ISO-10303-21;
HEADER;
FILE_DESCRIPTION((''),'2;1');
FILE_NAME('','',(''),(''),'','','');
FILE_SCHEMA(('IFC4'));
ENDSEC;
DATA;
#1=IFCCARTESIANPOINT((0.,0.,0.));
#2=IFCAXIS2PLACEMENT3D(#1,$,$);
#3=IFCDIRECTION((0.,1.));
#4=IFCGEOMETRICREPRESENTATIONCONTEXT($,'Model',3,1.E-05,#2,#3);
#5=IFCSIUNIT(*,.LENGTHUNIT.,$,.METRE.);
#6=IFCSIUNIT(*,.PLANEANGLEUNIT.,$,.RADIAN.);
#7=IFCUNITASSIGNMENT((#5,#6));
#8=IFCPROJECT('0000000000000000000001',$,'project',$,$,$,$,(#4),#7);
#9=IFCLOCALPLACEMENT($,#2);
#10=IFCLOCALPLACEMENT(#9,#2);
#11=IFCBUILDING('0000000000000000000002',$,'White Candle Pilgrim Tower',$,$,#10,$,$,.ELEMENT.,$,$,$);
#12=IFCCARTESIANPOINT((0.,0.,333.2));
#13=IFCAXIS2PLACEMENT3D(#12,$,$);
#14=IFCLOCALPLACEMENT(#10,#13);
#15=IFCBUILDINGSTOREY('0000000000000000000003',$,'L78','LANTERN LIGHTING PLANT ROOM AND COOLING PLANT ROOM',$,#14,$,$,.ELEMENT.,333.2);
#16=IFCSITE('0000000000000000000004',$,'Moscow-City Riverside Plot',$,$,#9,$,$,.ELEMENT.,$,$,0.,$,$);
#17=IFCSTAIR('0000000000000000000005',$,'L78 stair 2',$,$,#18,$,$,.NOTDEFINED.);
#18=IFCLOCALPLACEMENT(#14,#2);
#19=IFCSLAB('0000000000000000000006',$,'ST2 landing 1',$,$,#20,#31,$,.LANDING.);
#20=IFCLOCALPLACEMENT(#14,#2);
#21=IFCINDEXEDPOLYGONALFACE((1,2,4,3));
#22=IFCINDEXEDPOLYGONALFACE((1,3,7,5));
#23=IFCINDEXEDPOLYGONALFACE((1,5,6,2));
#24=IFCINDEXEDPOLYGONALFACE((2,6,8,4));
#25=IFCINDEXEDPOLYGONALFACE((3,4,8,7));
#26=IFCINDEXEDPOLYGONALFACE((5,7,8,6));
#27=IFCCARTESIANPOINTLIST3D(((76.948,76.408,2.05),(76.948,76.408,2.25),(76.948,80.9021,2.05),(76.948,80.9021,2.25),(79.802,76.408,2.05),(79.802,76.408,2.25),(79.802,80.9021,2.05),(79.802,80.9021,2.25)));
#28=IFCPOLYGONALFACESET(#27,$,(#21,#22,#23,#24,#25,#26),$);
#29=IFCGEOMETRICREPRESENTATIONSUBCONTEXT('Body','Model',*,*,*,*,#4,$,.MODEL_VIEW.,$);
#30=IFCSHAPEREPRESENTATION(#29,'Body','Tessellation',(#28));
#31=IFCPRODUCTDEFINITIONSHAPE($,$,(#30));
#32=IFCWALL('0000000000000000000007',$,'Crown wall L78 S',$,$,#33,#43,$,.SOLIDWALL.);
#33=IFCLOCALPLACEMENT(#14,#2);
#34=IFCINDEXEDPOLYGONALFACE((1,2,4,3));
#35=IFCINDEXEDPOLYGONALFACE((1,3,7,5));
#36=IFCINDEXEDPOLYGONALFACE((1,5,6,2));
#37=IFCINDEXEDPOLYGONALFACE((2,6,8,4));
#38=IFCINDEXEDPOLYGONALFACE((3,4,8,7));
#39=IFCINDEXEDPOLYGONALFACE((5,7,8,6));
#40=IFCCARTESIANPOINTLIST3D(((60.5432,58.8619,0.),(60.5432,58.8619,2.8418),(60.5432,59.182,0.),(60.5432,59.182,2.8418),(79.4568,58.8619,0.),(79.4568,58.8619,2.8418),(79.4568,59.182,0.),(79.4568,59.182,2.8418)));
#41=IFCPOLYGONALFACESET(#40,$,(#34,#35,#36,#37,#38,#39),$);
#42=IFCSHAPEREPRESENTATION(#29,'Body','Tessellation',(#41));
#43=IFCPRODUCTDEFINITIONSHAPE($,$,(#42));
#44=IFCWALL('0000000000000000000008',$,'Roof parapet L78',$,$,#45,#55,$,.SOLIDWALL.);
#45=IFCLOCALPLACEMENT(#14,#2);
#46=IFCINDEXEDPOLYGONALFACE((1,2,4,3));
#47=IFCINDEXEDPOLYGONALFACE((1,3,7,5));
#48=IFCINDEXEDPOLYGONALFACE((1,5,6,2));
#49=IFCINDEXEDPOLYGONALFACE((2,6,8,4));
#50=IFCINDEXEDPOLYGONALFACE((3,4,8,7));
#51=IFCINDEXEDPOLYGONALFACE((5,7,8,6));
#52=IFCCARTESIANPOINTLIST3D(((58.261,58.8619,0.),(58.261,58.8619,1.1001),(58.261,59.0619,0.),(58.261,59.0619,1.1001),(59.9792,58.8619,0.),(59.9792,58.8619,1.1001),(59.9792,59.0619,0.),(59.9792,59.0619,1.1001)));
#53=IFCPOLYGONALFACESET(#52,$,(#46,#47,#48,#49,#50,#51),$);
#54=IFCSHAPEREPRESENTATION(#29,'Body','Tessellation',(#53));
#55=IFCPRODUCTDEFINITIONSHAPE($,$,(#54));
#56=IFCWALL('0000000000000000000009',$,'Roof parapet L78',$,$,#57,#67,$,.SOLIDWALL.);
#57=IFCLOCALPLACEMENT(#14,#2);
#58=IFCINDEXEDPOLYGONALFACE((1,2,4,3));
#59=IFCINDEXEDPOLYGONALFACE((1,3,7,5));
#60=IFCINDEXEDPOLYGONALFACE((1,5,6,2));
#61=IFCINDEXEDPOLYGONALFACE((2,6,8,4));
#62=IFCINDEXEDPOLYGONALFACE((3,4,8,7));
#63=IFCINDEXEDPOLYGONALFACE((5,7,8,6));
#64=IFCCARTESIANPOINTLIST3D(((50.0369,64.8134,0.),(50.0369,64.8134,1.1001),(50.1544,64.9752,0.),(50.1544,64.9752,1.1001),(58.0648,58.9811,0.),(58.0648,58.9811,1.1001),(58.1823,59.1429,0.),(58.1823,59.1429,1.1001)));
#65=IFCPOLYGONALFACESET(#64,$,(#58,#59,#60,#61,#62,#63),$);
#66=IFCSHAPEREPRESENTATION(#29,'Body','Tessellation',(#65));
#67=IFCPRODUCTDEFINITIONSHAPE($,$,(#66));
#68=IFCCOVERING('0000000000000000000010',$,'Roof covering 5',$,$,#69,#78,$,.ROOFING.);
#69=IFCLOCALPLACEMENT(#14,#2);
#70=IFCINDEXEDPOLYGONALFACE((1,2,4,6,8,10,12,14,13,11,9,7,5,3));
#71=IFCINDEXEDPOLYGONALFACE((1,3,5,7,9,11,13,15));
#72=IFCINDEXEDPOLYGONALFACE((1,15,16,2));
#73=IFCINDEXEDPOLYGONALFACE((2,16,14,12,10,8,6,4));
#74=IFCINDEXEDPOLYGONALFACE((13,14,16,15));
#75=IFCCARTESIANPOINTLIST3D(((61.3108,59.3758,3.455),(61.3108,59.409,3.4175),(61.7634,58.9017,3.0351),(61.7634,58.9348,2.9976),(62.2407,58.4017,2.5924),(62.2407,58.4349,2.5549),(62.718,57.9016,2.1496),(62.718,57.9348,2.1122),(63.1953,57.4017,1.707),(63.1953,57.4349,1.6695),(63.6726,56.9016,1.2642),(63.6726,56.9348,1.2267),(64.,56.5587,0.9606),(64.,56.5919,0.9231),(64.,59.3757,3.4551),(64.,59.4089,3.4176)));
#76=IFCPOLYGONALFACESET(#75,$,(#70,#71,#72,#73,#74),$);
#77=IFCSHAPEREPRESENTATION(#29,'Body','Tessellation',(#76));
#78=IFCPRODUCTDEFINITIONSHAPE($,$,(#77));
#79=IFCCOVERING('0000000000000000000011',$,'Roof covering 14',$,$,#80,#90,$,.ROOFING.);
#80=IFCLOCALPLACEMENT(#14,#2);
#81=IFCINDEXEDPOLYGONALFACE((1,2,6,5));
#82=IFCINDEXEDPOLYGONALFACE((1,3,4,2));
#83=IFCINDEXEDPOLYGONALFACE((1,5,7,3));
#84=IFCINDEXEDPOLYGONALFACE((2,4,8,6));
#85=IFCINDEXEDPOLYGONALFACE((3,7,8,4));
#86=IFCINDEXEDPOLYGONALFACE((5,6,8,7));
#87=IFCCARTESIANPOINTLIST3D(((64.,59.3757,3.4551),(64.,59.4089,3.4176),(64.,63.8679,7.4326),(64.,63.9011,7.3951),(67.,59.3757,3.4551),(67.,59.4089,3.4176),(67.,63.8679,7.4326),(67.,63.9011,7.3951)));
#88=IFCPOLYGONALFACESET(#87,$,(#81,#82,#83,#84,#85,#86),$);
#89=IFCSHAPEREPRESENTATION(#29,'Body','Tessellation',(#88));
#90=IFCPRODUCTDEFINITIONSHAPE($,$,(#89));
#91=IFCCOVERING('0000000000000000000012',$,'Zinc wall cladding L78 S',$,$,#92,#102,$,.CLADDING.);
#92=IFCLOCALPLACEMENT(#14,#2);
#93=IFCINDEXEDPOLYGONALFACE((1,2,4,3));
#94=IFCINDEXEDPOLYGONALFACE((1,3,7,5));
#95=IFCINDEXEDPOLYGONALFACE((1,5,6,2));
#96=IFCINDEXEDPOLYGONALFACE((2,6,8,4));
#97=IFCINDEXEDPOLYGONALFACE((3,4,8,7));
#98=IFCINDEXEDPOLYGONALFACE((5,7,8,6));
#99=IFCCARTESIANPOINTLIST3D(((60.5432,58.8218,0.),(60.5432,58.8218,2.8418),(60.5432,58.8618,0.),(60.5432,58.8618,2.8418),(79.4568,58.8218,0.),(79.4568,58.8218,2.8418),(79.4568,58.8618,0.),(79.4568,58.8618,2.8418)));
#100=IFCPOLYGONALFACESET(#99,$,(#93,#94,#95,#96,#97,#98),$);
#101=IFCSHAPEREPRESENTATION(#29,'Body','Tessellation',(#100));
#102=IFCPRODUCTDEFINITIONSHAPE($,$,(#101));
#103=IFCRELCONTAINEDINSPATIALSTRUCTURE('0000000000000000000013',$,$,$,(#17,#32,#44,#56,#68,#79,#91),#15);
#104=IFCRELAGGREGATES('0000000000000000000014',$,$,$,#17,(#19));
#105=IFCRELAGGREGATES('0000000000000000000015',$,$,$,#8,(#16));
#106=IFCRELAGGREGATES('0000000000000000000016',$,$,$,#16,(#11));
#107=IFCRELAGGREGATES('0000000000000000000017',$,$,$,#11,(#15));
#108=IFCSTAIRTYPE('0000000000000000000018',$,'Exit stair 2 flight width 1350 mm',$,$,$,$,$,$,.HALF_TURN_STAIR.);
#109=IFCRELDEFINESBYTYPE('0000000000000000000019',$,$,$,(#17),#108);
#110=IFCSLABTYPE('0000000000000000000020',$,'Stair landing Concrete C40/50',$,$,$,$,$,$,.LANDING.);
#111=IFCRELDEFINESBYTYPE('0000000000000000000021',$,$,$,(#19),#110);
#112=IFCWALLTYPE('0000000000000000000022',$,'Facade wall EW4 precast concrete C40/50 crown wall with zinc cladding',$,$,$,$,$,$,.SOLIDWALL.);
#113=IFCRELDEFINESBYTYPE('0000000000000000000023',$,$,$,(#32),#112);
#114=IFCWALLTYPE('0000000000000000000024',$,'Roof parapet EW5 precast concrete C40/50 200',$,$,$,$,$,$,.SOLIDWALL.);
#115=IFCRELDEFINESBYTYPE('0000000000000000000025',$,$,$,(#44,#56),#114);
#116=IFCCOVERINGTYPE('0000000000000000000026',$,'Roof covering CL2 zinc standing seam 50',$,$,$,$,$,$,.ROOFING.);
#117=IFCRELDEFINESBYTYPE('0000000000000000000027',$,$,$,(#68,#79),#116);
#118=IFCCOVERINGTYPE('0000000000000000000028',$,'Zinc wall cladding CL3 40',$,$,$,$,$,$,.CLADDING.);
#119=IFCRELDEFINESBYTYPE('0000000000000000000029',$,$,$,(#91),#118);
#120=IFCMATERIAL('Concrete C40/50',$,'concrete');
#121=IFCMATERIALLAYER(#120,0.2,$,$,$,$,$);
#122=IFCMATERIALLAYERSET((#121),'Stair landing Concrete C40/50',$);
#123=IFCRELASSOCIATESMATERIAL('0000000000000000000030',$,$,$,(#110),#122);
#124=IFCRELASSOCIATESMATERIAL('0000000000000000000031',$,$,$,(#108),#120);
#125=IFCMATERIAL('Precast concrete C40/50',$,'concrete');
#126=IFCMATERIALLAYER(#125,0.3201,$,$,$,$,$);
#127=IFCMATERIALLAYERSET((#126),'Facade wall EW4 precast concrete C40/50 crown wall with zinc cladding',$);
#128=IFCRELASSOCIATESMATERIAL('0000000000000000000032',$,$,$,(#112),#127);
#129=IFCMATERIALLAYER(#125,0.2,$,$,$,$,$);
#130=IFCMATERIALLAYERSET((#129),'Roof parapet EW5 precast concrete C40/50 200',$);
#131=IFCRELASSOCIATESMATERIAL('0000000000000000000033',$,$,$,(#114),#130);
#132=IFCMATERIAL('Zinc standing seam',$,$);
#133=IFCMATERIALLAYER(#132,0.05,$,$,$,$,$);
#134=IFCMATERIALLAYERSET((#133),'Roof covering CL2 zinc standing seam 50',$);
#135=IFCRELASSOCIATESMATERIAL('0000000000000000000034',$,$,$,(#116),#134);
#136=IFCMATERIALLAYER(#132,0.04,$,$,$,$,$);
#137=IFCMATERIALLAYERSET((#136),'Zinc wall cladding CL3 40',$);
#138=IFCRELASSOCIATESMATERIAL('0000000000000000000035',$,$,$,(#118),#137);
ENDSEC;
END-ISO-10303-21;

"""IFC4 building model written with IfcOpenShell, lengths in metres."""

from ifc_helpers import new_model, si_unit, direction, frame, frame_2d, origin, place, context, subcontext, project, spatial, polyline, rectangle, outline, extrude, material, layer, layer_set, type_object, element, aggregate, save


model = new_model("IFC4")

# Units and contexts
model_context = context("Model", 3, precision=1e-05, world=origin(), true_north=direction((0.0, 1.0)))
body_context = subcontext(model_context, "Body", "Model", "MODEL_VIEW")
ifc_project = project(units=[si_unit("LENGTHUNIT", "METRE"), si_unit("PLANEANGLEUNIT", "RADIAN")], contexts=[model_context])

# Site, building, storey
site_placement = place(None, origin())
site = spatial("IfcSite", under=ifc_project, at=site_placement, Name="Moscow-City Riverside Plot", CompositionType="ELEMENT", RefElevation=0.0)
building_placement = place(site_placement, origin())
building = spatial("IfcBuilding", under=site, at=building_placement, Name="White Candle Pilgrim Tower", CompositionType="ELEMENT")
storey_placement = place(building_placement, frame((0.0, 0.0, 333.2)))
storey = spatial("IfcBuildingStorey", under=building, at=storey_placement, Name="L78", Description="LANTERN LIGHTING PLANT ROOM AND COOLING PLANT ROOM", CompositionType="ELEMENT", Elevation=333.2)

# Shared definitions
ifc_material_1 = material(Name="Concrete C40/50", Category="concrete")

# Stair, slab
ifc_layer_1 = layer(ifc_material_1, 0.2)
ifc_layer_set_1 = layer_set([ifc_layer_1], Name="Stair landing Concrete C40/50")
slab_type_1 = type_object("IfcSlabType", Name="Stair landing Concrete C40/50", PredefinedType="LANDING", material=ifc_layer_set_1)
stair_type_1 = type_object("IfcStairType", Name="Exit stair 2 flight width 1350 mm", PredefinedType="HALF_TURN_STAIR", material=ifc_material_1)
stair_1_placement = place(storey_placement, origin())
stair_1 = element("IfcStair", 1, at=stair_1_placement, inside=storey, type_object=stair_type_1, Name="L78 stair 2", PredefinedType="NOTDEFINED")
slab_1_placement = place(storey_placement, frame((0.0, 0.0, 2.05)))
slab_1 = element("IfcSlab", 2, at=slab_1_placement, type_object=slab_type_1, Name="ST2 landing 1", PredefinedType="LANDING", context=body_context, shape_type="SweptSolid", body=[
    extrude(outline(polyline([(79.802, 76.408), (76.948, 76.408), (76.948, 80.9021), (79.802, 80.9021), (79.802, 76.408)])), origin(), (0.0, 0.0, 1.0), 0.2),
])
aggregate(stair_1, [slab_1])

# Walls
ifc_material_2 = material(Name="Precast concrete C40/50", Category="concrete")
ifc_layer_2 = layer(ifc_material_2, 0.3201)
ifc_layer_set_2 = layer_set([ifc_layer_2], Name="Facade wall EW4 precast concrete C40/50 crown wall with zinc cladding")
wall_type_1 = type_object("IfcWallType", Name="Facade wall EW4 precast concrete C40/50 crown wall with zinc cladding", PredefinedType="SOLIDWALL", material=ifc_layer_set_2)
wall_1_placement = place(storey_placement, frame((60.5432, 59.022, 0.0), z_axis=(0.0, 0.0, 1.0), x_axis=(1.0, 0.0, 0.0)))
element("IfcWall", 3, at=wall_1_placement, inside=storey, type_object=wall_type_1, Name="Crown wall L78 S", PredefinedType="SOLIDWALL", context=body_context, shape_type="SweptSolid", body=[
    extrude(rectangle(XDim=18.9136, YDim=0.3201, at=frame_2d((9.4568, 0.0))), origin(), (0.0, 0.0, 1.0), 2.8418),
])
ifc_layer_3 = layer(ifc_material_2, 0.2)
ifc_layer_set_3 = layer_set([ifc_layer_3], Name="Roof parapet EW5 precast concrete C40/50 200")
wall_type_2 = type_object("IfcWallType", Name="Roof parapet EW5 precast concrete C40/50 200", PredefinedType="SOLIDWALL", material=ifc_layer_set_3)
wall_2_placement = place(storey_placement, frame((59.9792, 58.9619, 0.0), z_axis=(0.0, 0.0, 1.0), x_axis=(-1.0, 0.0, 0.0)))
element("IfcWall", 4, at=wall_2_placement, inside=storey, type_object=wall_type_2, Name="Roof parapet L78", PredefinedType="SOLIDWALL", context=body_context, shape_type="SweptSolid", body=[
    extrude(rectangle(XDim=1.7183, YDim=0.2, at=frame_2d((0.8591, 0.0))), origin(), (0.0, 0.0, 1.0), 1.1001),
])
wall_3_placement = place(storey_placement, frame((58.1235, 59.062, 0.0), z_axis=(0.0, 0.0, 1.0), x_axis=(-0.809031, 0.587766, 0.0)))
element("IfcWall", 5, at=wall_3_placement, inside=storey, type_object=wall_type_2, Name="Roof parapet L78", PredefinedType="SOLIDWALL", context=body_context, shape_type="SweptSolid", body=[
    extrude(rectangle(XDim=9.9229, YDim=0.2, at=frame_2d((4.9614, 0.0))), origin(), (0.0, 0.0, 1.0), 1.1001),
])

# Coverings
ifc_material_3 = material(Name="Zinc standing seam")
ifc_layer_4 = layer(ifc_material_3, 0.05)
ifc_layer_set_4 = layer_set([ifc_layer_4], Name="Roof covering CL2 zinc standing seam 50")
covering_type_1 = type_object("IfcCoveringType", Name="Roof covering CL2 zinc standing seam 50", PredefinedType="ROOFING", material=ifc_layer_set_4)
covering_1_placement = place(storey_placement, frame((64.0, 59.3757, 3.4551), z_axis=(-0.000064, -0.662951, 0.748663), x_axis=(0.0, -0.748663, -0.662951)))
element("IfcCovering", 6, at=covering_1_placement, inside=storey, type_object=covering_type_1, Name="Roof covering 5", PredefinedType="ROOFING", context=body_context, shape_type="SweptSolid", body=[
    extrude(outline(polyline([(0.0, 0.0), (3.7627, 0.0), (3.3048, -0.3274), (2.6368, -0.8047), (1.969, -1.282), (1.3011, -1.7593), (0.6333, -2.2366), (0.0, -2.6892), (0.0, 0.0)])), origin(), (0.0, 0.0, -1.0), 0.05),
])
covering_2_placement = place(storey_placement, frame((64.0, 59.3757, 3.4551), z_axis=(0.0, -0.662918, 0.748692), x_axis=(0.0, 0.748692, 0.662918)))
element("IfcCovering", 7, at=covering_2_placement, inside=storey, type_object=covering_type_1, Name="Roof covering 14", PredefinedType="ROOFING", context=body_context, shape_type="SweptSolid", body=[
    extrude(outline(polyline([(0.0, 0.0), (6.0, 0.0), (6.0, -3.0), (0.0, -3.0), (0.0, 0.0)])), origin(), (0.0, 0.0, -1.0), 0.05),
])
ifc_layer_5 = layer(ifc_material_3, 0.04)
ifc_layer_set_5 = layer_set([ifc_layer_5], Name="Zinc wall cladding CL3 40")
covering_type_2 = type_object("IfcCoveringType", Name="Zinc wall cladding CL3 40", PredefinedType="CLADDING", material=ifc_layer_set_5)
covering_3_placement = place(storey_placement, frame((60.5432, 58.8618, 2.8418), z_axis=(0.0, 1.0, 0.0), x_axis=(1.0, 0.0, 0.0)))
element("IfcCovering", 8, at=covering_3_placement, inside=storey, type_object=covering_type_2, Name="Zinc wall cladding L78 S", PredefinedType="CLADDING", context=body_context, shape_type="SweptSolid", body=[
    extrude(outline(polyline([(0.0, 0.0), (18.9136, 0.0), (18.9136, 2.8418), (0.0, 2.8418), (0.0, 0.0)])), origin(), (0.0, 0.0, -1.0), 0.04),
])

save(model, "model.ifc")
